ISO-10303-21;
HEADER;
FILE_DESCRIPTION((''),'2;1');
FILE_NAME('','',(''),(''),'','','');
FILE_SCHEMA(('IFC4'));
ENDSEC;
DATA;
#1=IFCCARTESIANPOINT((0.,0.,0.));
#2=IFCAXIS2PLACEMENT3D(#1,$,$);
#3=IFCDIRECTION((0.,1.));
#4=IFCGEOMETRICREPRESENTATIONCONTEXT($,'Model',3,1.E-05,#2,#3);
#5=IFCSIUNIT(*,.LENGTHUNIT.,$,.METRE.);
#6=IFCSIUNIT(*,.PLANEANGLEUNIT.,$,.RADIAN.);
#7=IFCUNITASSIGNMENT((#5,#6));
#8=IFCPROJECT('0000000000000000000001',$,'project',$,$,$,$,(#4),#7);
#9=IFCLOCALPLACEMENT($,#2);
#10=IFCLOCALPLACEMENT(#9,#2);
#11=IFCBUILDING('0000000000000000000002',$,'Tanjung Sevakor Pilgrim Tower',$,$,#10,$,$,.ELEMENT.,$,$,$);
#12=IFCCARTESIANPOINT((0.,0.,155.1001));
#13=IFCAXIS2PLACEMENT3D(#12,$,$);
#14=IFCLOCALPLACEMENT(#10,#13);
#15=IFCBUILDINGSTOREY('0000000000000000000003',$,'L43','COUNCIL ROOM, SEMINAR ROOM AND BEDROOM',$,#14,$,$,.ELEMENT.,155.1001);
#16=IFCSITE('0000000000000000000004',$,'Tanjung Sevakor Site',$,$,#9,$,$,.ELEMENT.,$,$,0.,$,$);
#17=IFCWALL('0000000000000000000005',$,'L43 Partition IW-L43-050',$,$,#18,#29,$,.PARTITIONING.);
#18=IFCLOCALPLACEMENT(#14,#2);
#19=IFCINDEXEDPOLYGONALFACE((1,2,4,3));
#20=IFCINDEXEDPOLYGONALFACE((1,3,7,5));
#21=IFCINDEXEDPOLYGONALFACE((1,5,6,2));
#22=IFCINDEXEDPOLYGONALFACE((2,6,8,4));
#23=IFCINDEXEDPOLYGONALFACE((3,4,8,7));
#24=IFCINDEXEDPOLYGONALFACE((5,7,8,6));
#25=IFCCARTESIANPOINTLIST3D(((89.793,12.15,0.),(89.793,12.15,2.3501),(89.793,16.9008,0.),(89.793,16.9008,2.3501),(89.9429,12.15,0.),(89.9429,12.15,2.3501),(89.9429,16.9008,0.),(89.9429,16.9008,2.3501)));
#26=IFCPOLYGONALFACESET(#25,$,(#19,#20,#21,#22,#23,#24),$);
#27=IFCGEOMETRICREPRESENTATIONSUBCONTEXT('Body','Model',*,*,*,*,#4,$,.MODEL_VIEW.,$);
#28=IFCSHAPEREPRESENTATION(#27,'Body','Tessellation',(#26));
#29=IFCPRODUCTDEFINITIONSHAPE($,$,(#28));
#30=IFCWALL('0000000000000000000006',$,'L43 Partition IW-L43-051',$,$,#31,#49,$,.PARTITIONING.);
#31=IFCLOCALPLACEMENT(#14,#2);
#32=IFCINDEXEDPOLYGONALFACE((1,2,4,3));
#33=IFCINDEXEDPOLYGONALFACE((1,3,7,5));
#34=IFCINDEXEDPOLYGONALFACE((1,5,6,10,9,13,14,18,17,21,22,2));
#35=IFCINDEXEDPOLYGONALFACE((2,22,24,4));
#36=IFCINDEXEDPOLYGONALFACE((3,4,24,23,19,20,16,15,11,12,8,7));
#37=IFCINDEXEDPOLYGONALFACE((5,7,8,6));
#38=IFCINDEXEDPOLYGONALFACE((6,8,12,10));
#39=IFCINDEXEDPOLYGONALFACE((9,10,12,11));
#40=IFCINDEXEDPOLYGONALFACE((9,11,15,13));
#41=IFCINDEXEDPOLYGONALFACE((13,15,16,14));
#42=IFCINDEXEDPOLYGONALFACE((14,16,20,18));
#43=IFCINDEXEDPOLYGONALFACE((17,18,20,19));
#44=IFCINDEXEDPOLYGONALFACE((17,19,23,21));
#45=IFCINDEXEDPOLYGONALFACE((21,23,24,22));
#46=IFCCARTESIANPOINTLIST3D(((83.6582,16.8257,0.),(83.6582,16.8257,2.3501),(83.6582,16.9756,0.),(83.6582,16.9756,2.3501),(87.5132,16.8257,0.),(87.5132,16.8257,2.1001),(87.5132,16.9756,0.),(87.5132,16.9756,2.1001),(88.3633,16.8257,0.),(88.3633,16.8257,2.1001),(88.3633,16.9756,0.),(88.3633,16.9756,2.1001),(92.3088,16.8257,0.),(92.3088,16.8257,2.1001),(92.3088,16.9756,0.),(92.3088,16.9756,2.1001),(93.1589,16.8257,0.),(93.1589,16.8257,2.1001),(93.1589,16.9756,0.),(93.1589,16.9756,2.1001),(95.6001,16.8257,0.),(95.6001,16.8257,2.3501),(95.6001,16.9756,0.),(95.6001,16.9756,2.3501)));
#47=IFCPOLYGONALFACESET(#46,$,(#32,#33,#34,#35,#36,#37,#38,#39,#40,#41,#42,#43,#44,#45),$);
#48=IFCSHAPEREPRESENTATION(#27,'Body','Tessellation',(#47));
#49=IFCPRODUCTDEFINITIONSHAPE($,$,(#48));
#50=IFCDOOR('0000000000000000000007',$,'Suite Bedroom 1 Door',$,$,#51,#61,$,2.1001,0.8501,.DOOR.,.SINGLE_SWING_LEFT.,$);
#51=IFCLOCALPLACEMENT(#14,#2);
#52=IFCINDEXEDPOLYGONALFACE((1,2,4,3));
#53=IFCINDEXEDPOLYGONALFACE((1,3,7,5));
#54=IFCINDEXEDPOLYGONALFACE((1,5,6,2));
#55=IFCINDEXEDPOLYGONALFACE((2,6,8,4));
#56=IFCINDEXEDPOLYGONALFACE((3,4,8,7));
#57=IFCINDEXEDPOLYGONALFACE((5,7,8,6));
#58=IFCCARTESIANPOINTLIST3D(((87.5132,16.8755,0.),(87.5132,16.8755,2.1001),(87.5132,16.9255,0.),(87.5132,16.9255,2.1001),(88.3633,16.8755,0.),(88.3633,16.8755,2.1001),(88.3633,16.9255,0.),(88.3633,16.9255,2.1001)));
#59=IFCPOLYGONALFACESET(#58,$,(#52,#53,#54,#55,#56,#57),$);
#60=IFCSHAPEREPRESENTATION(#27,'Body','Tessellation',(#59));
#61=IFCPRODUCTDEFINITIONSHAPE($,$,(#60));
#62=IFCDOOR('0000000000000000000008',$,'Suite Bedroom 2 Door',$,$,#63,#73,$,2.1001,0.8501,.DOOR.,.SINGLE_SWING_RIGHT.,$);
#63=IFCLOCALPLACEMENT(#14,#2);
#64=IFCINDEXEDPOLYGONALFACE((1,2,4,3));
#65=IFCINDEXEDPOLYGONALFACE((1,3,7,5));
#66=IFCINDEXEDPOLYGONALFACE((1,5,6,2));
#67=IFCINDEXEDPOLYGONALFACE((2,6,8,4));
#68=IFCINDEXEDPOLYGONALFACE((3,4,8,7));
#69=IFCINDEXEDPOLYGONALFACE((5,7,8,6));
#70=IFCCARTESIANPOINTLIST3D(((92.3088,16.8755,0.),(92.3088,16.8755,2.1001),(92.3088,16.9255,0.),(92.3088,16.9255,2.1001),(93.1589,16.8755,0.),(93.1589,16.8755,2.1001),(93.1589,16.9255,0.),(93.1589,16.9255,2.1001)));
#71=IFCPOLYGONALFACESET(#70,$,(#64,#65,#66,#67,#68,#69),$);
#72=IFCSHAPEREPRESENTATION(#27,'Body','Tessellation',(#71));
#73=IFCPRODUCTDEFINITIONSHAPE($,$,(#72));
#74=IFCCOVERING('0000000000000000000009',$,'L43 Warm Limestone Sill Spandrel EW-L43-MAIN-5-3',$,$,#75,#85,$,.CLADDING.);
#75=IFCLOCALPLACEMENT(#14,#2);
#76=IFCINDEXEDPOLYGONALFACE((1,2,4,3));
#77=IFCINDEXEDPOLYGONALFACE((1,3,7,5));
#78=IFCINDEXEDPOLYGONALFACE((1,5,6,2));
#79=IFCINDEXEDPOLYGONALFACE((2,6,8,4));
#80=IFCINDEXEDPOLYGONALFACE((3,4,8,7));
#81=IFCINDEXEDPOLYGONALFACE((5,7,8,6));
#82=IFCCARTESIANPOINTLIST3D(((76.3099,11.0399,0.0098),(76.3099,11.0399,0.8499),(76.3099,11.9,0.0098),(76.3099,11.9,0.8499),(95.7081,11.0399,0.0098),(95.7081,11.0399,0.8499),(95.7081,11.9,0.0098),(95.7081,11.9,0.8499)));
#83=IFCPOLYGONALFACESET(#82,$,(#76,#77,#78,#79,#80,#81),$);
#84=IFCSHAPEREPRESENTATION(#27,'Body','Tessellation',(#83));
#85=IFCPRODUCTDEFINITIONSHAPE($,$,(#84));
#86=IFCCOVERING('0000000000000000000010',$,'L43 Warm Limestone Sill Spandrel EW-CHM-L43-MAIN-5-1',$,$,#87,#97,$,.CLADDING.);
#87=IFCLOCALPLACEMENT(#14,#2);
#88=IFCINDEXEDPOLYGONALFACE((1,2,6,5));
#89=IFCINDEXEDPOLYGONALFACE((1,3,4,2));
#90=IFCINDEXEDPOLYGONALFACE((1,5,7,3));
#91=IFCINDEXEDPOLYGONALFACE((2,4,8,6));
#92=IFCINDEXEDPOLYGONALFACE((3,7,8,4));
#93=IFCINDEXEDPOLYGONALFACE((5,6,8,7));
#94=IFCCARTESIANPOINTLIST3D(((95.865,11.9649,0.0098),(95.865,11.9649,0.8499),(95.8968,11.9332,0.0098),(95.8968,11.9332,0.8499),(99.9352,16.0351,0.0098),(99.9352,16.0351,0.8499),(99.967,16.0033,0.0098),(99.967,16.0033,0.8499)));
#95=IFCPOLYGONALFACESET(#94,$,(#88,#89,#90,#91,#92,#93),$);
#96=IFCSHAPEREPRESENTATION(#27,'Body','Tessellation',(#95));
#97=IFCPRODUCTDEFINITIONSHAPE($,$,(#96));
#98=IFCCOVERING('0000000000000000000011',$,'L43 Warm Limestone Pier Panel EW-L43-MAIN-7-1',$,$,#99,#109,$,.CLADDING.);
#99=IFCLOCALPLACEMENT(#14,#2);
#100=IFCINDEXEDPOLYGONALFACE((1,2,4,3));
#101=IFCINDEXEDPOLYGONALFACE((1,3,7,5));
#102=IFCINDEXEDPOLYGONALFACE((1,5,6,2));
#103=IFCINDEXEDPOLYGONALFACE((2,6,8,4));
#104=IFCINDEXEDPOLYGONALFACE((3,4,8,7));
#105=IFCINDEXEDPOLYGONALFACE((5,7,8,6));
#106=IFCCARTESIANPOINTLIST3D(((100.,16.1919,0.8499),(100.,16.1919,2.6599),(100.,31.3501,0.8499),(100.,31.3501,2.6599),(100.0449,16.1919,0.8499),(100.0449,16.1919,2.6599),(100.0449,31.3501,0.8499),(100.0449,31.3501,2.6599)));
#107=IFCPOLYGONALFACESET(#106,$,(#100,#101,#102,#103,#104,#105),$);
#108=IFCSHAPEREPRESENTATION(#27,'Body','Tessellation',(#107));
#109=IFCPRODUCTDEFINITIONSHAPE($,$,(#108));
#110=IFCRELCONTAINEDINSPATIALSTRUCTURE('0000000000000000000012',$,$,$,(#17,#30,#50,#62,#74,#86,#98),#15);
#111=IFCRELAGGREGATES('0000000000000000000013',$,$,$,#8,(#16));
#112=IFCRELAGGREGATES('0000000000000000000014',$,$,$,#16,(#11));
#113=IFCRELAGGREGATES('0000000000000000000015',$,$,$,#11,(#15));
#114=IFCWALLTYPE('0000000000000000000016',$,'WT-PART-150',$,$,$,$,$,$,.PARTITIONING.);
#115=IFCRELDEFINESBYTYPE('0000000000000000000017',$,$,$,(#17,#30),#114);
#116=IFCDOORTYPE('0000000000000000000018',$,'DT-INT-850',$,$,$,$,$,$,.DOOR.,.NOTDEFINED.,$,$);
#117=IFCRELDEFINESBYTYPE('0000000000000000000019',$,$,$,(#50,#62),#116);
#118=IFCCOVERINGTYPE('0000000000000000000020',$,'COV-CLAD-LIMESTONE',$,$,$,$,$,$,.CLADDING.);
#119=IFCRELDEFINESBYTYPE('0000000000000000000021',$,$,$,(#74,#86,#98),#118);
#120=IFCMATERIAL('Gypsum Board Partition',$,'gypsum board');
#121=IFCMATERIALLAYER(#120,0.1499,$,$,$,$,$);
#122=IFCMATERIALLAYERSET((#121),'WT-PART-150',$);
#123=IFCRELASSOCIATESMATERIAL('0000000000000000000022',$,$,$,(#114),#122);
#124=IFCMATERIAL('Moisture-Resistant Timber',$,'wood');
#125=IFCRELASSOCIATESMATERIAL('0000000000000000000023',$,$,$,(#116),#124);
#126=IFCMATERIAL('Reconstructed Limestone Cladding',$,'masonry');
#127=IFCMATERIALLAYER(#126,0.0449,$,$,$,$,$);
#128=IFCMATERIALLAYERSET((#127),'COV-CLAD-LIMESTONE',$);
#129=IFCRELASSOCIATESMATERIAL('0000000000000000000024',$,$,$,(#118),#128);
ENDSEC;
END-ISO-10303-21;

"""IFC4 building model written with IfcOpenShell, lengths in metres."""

from ifc_helpers import new_model, si_unit, direction, frame, frame_2d, origin, origin_2d, place, context, subcontext, project, spatial, rectangle, extrude, material, layer, layer_set, type_object, element, fill, save


model = new_model("IFC4")

# Units and contexts
model_context = context("Model", 3, precision=1e-05, world=origin(), true_north=direction((0.0, 1.0)))
body_context = subcontext(model_context, "Body", "Model", "MODEL_VIEW")
ifc_project = project(units=[si_unit("LENGTHUNIT", "METRE"), si_unit("PLANEANGLEUNIT", "RADIAN")], contexts=[model_context])

# Site, building, storey
site_placement = place(None, origin())
site = spatial("IfcSite", under=ifc_project, at=site_placement, Name="Tanjung Sevakor Site", CompositionType="ELEMENT", RefElevation=0.0)
building_placement = place(site_placement, origin())
building = spatial("IfcBuilding", under=site, at=building_placement, Name="Tanjung Sevakor Pilgrim Tower", CompositionType="ELEMENT")
storey_placement = place(building_placement, frame((0.0, 0.0, 155.1001)))
storey = spatial("IfcBuildingStorey", under=building, at=storey_placement, Name="L43", Description="COUNCIL ROOM, SEMINAR ROOM AND BEDROOM", CompositionType="ELEMENT", Elevation=155.1001)

# Shared definitions
ifc_material_1 = material(Name="Gypsum Board Partition", Category="gypsum board")
ifc_layer_1 = layer(ifc_material_1, 0.1499)
ifc_layer_set_1 = layer_set([ifc_layer_1], Name="WT-PART-150")
wall_type_1 = type_object("IfcWallType", Name="WT-PART-150", PredefinedType="PARTITIONING", material=ifc_layer_set_1)

# Shared definitions
ifc_material_2 = material(Name="Moisture-Resistant Timber", Category="wood")
door_type_1 = type_object("IfcDoorType", Name="DT-INT-850", OperationType="NOTDEFINED", PredefinedType="DOOR", material=ifc_material_2)

# Wall
wall_1_placement = place(storey_placement, frame((89.8679, 12.1499, 0.0), z_axis=(0.0, 0.0, 1.0), x_axis=(0.0, 1.0, 0.0)))
element("IfcWall", 1, at=wall_1_placement, inside=storey, type_object=wall_type_1, Name="L43 Partition IW-L43-050", PredefinedType="PARTITIONING", context=body_context, shape_type="SweptSolid", body=[
    extrude(rectangle(XDim=4.7507, YDim=0.1499, at=frame_2d((2.3755, 0.0))), origin(), (0.0, 0.0, 1.0), 2.3501),
])

# Wall, openings, doors
wall_2_placement = place(storey_placement, frame((83.6582, 16.9006, 0.0), z_axis=(0.0, 0.0, 1.0), x_axis=(1.0, 0.0, 0.0)))
wall_2 = element("IfcWall", 2, at=wall_2_placement, inside=storey, type_object=wall_type_1, Name="L43 Partition IW-L43-051", PredefinedType="PARTITIONING", context=body_context, shape_type="SweptSolid", body=[
    extrude(rectangle(XDim=11.9419, YDim=0.1499, at=frame_2d((5.9709, 0.0))), origin(), (0.0, 0.0, 1.0), 2.3501),
])
opening_1_placement = place(wall_2_placement, frame((3.855, 0.0, 0.0)))
opening_1 = element("IfcOpeningElement", 3, at=opening_1_placement, cuts=wall_2, PredefinedType="OPENING", context=body_context, shape_type="SweptSolid", body=[
    extrude(rectangle(XDim=0.8501, YDim=2.1001, at=frame_2d((0.425, 1.05))), frame((0.0, 0.085, 0.0), z_axis=(0.0, -1.0, 0.0), x_axis=(1.0, 0.0, 0.0)), (0.0, 0.0, 1.0), 0.1699),
])
opening_2_placement = place(wall_2_placement, frame((8.6506, 0.0, 0.0)))
opening_2 = element("IfcOpeningElement", 4, at=opening_2_placement, cuts=wall_2, PredefinedType="OPENING", context=body_context, shape_type="SweptSolid", body=[
    extrude(rectangle(XDim=0.8501, YDim=2.1001, at=frame_2d((0.425, 1.05))), frame((0.0, 0.085, 0.0), z_axis=(0.0, -1.0, 0.0), x_axis=(1.0, 0.0, 0.0)), (0.0, 0.0, 1.0), 0.1699),
])
door_1_placement = place(opening_1_placement, origin())
door_1 = element("IfcDoor", 5, at=door_1_placement, inside=storey, type_object=door_type_1, Name="Suite Bedroom 1 Door", OperationType="SINGLE_SWING_LEFT", OverallHeight=2.1001, OverallWidth=0.8501, PredefinedType="DOOR", context=body_context, shape_type="SweptSolid", body=[
    extrude(rectangle(XDim=0.8501, YDim=2.1001, at=frame_2d((0.425, 1.05))), frame((0.0, 0.0249, 0.0), z_axis=(0.0, -1.0, 0.0), x_axis=(1.0, 0.0, 0.0)), (0.0, 0.0, 1.0), 0.05),
])
fill(opening_1, door_1)
door_2_placement = place(opening_2_placement, origin())
door_2 = element("IfcDoor", 6, at=door_2_placement, inside=storey, type_object=door_type_1, Name="Suite Bedroom 2 Door", OperationType="SINGLE_SWING_RIGHT", OverallHeight=2.1001, OverallWidth=0.8501, PredefinedType="DOOR", context=body_context, shape_type="SweptSolid", body=[
    extrude(rectangle(XDim=0.8501, YDim=2.1001, at=frame_2d((0.425, 1.05))), frame((0.0, 0.0249, 0.0), z_axis=(0.0, -1.0, 0.0), x_axis=(1.0, 0.0, 0.0)), (0.0, 0.0, 1.0), 0.05),
])
fill(opening_2, door_2)

# Coverings
ifc_material_3 = material(Name="Reconstructed Limestone Cladding", Category="masonry")
ifc_layer_2 = layer(ifc_material_3, 0.0449)
ifc_layer_set_2 = layer_set([ifc_layer_2], Name="COV-CLAD-LIMESTONE")
covering_type = type_object("IfcCoveringType", Name="COV-CLAD-LIMESTONE", PredefinedType="CLADDING", material=ifc_layer_set_2)
covering_1_placement = place(storey_placement, frame((86.009, 11.47, 0.0098), z_axis=(0.0, 0.0, 1.0), x_axis=(1.0, 0.0, 0.0)))
element("IfcCovering", 7, at=covering_1_placement, inside=storey, type_object=covering_type, Name="L43 Warm Limestone Sill Spandrel EW-L43-MAIN-5-3", PredefinedType="CLADDING", context=body_context, shape_type="SweptSolid", body=[
    extrude(rectangle(XDim=19.3982, YDim=0.8601, at=origin_2d()), origin(), (0.0, 0.0, 1.0), 0.8401),
])
covering_2_placement = place(storey_placement, frame((97.916, 13.9841, 0.0098), z_axis=(0.0, 0.0, 1.0), x_axis=(0.707107, 0.707107, 0.0)))
element("IfcCovering", 8, at=covering_2_placement, inside=storey, type_object=covering_type, Name="L43 Warm Limestone Sill Spandrel EW-CHM-L43-MAIN-5-1", PredefinedType="CLADDING", context=body_context, shape_type="SweptSolid", body=[
    extrude(rectangle(XDim=5.7561, YDim=0.0449, at=origin_2d()), origin(), (0.0, 0.0, 1.0), 0.8401),
])
covering_3_placement = place(storey_placement, frame((100.0225, 23.771, 0.8499), z_axis=(0.0, 0.0, 1.0), x_axis=(0.0, 1.0, 0.0)))
element("IfcCovering", 9, at=covering_3_placement, inside=storey, type_object=covering_type, Name="L43 Warm Limestone Pier Panel EW-L43-MAIN-7-1", PredefinedType="CLADDING", context=body_context, shape_type="SweptSolid", body=[
    extrude(rectangle(XDim=15.1582, YDim=0.0449, at=origin_2d()), origin(), (0.0, 0.0, 1.0), 1.8101),
])

save(model, "model.ifc")
